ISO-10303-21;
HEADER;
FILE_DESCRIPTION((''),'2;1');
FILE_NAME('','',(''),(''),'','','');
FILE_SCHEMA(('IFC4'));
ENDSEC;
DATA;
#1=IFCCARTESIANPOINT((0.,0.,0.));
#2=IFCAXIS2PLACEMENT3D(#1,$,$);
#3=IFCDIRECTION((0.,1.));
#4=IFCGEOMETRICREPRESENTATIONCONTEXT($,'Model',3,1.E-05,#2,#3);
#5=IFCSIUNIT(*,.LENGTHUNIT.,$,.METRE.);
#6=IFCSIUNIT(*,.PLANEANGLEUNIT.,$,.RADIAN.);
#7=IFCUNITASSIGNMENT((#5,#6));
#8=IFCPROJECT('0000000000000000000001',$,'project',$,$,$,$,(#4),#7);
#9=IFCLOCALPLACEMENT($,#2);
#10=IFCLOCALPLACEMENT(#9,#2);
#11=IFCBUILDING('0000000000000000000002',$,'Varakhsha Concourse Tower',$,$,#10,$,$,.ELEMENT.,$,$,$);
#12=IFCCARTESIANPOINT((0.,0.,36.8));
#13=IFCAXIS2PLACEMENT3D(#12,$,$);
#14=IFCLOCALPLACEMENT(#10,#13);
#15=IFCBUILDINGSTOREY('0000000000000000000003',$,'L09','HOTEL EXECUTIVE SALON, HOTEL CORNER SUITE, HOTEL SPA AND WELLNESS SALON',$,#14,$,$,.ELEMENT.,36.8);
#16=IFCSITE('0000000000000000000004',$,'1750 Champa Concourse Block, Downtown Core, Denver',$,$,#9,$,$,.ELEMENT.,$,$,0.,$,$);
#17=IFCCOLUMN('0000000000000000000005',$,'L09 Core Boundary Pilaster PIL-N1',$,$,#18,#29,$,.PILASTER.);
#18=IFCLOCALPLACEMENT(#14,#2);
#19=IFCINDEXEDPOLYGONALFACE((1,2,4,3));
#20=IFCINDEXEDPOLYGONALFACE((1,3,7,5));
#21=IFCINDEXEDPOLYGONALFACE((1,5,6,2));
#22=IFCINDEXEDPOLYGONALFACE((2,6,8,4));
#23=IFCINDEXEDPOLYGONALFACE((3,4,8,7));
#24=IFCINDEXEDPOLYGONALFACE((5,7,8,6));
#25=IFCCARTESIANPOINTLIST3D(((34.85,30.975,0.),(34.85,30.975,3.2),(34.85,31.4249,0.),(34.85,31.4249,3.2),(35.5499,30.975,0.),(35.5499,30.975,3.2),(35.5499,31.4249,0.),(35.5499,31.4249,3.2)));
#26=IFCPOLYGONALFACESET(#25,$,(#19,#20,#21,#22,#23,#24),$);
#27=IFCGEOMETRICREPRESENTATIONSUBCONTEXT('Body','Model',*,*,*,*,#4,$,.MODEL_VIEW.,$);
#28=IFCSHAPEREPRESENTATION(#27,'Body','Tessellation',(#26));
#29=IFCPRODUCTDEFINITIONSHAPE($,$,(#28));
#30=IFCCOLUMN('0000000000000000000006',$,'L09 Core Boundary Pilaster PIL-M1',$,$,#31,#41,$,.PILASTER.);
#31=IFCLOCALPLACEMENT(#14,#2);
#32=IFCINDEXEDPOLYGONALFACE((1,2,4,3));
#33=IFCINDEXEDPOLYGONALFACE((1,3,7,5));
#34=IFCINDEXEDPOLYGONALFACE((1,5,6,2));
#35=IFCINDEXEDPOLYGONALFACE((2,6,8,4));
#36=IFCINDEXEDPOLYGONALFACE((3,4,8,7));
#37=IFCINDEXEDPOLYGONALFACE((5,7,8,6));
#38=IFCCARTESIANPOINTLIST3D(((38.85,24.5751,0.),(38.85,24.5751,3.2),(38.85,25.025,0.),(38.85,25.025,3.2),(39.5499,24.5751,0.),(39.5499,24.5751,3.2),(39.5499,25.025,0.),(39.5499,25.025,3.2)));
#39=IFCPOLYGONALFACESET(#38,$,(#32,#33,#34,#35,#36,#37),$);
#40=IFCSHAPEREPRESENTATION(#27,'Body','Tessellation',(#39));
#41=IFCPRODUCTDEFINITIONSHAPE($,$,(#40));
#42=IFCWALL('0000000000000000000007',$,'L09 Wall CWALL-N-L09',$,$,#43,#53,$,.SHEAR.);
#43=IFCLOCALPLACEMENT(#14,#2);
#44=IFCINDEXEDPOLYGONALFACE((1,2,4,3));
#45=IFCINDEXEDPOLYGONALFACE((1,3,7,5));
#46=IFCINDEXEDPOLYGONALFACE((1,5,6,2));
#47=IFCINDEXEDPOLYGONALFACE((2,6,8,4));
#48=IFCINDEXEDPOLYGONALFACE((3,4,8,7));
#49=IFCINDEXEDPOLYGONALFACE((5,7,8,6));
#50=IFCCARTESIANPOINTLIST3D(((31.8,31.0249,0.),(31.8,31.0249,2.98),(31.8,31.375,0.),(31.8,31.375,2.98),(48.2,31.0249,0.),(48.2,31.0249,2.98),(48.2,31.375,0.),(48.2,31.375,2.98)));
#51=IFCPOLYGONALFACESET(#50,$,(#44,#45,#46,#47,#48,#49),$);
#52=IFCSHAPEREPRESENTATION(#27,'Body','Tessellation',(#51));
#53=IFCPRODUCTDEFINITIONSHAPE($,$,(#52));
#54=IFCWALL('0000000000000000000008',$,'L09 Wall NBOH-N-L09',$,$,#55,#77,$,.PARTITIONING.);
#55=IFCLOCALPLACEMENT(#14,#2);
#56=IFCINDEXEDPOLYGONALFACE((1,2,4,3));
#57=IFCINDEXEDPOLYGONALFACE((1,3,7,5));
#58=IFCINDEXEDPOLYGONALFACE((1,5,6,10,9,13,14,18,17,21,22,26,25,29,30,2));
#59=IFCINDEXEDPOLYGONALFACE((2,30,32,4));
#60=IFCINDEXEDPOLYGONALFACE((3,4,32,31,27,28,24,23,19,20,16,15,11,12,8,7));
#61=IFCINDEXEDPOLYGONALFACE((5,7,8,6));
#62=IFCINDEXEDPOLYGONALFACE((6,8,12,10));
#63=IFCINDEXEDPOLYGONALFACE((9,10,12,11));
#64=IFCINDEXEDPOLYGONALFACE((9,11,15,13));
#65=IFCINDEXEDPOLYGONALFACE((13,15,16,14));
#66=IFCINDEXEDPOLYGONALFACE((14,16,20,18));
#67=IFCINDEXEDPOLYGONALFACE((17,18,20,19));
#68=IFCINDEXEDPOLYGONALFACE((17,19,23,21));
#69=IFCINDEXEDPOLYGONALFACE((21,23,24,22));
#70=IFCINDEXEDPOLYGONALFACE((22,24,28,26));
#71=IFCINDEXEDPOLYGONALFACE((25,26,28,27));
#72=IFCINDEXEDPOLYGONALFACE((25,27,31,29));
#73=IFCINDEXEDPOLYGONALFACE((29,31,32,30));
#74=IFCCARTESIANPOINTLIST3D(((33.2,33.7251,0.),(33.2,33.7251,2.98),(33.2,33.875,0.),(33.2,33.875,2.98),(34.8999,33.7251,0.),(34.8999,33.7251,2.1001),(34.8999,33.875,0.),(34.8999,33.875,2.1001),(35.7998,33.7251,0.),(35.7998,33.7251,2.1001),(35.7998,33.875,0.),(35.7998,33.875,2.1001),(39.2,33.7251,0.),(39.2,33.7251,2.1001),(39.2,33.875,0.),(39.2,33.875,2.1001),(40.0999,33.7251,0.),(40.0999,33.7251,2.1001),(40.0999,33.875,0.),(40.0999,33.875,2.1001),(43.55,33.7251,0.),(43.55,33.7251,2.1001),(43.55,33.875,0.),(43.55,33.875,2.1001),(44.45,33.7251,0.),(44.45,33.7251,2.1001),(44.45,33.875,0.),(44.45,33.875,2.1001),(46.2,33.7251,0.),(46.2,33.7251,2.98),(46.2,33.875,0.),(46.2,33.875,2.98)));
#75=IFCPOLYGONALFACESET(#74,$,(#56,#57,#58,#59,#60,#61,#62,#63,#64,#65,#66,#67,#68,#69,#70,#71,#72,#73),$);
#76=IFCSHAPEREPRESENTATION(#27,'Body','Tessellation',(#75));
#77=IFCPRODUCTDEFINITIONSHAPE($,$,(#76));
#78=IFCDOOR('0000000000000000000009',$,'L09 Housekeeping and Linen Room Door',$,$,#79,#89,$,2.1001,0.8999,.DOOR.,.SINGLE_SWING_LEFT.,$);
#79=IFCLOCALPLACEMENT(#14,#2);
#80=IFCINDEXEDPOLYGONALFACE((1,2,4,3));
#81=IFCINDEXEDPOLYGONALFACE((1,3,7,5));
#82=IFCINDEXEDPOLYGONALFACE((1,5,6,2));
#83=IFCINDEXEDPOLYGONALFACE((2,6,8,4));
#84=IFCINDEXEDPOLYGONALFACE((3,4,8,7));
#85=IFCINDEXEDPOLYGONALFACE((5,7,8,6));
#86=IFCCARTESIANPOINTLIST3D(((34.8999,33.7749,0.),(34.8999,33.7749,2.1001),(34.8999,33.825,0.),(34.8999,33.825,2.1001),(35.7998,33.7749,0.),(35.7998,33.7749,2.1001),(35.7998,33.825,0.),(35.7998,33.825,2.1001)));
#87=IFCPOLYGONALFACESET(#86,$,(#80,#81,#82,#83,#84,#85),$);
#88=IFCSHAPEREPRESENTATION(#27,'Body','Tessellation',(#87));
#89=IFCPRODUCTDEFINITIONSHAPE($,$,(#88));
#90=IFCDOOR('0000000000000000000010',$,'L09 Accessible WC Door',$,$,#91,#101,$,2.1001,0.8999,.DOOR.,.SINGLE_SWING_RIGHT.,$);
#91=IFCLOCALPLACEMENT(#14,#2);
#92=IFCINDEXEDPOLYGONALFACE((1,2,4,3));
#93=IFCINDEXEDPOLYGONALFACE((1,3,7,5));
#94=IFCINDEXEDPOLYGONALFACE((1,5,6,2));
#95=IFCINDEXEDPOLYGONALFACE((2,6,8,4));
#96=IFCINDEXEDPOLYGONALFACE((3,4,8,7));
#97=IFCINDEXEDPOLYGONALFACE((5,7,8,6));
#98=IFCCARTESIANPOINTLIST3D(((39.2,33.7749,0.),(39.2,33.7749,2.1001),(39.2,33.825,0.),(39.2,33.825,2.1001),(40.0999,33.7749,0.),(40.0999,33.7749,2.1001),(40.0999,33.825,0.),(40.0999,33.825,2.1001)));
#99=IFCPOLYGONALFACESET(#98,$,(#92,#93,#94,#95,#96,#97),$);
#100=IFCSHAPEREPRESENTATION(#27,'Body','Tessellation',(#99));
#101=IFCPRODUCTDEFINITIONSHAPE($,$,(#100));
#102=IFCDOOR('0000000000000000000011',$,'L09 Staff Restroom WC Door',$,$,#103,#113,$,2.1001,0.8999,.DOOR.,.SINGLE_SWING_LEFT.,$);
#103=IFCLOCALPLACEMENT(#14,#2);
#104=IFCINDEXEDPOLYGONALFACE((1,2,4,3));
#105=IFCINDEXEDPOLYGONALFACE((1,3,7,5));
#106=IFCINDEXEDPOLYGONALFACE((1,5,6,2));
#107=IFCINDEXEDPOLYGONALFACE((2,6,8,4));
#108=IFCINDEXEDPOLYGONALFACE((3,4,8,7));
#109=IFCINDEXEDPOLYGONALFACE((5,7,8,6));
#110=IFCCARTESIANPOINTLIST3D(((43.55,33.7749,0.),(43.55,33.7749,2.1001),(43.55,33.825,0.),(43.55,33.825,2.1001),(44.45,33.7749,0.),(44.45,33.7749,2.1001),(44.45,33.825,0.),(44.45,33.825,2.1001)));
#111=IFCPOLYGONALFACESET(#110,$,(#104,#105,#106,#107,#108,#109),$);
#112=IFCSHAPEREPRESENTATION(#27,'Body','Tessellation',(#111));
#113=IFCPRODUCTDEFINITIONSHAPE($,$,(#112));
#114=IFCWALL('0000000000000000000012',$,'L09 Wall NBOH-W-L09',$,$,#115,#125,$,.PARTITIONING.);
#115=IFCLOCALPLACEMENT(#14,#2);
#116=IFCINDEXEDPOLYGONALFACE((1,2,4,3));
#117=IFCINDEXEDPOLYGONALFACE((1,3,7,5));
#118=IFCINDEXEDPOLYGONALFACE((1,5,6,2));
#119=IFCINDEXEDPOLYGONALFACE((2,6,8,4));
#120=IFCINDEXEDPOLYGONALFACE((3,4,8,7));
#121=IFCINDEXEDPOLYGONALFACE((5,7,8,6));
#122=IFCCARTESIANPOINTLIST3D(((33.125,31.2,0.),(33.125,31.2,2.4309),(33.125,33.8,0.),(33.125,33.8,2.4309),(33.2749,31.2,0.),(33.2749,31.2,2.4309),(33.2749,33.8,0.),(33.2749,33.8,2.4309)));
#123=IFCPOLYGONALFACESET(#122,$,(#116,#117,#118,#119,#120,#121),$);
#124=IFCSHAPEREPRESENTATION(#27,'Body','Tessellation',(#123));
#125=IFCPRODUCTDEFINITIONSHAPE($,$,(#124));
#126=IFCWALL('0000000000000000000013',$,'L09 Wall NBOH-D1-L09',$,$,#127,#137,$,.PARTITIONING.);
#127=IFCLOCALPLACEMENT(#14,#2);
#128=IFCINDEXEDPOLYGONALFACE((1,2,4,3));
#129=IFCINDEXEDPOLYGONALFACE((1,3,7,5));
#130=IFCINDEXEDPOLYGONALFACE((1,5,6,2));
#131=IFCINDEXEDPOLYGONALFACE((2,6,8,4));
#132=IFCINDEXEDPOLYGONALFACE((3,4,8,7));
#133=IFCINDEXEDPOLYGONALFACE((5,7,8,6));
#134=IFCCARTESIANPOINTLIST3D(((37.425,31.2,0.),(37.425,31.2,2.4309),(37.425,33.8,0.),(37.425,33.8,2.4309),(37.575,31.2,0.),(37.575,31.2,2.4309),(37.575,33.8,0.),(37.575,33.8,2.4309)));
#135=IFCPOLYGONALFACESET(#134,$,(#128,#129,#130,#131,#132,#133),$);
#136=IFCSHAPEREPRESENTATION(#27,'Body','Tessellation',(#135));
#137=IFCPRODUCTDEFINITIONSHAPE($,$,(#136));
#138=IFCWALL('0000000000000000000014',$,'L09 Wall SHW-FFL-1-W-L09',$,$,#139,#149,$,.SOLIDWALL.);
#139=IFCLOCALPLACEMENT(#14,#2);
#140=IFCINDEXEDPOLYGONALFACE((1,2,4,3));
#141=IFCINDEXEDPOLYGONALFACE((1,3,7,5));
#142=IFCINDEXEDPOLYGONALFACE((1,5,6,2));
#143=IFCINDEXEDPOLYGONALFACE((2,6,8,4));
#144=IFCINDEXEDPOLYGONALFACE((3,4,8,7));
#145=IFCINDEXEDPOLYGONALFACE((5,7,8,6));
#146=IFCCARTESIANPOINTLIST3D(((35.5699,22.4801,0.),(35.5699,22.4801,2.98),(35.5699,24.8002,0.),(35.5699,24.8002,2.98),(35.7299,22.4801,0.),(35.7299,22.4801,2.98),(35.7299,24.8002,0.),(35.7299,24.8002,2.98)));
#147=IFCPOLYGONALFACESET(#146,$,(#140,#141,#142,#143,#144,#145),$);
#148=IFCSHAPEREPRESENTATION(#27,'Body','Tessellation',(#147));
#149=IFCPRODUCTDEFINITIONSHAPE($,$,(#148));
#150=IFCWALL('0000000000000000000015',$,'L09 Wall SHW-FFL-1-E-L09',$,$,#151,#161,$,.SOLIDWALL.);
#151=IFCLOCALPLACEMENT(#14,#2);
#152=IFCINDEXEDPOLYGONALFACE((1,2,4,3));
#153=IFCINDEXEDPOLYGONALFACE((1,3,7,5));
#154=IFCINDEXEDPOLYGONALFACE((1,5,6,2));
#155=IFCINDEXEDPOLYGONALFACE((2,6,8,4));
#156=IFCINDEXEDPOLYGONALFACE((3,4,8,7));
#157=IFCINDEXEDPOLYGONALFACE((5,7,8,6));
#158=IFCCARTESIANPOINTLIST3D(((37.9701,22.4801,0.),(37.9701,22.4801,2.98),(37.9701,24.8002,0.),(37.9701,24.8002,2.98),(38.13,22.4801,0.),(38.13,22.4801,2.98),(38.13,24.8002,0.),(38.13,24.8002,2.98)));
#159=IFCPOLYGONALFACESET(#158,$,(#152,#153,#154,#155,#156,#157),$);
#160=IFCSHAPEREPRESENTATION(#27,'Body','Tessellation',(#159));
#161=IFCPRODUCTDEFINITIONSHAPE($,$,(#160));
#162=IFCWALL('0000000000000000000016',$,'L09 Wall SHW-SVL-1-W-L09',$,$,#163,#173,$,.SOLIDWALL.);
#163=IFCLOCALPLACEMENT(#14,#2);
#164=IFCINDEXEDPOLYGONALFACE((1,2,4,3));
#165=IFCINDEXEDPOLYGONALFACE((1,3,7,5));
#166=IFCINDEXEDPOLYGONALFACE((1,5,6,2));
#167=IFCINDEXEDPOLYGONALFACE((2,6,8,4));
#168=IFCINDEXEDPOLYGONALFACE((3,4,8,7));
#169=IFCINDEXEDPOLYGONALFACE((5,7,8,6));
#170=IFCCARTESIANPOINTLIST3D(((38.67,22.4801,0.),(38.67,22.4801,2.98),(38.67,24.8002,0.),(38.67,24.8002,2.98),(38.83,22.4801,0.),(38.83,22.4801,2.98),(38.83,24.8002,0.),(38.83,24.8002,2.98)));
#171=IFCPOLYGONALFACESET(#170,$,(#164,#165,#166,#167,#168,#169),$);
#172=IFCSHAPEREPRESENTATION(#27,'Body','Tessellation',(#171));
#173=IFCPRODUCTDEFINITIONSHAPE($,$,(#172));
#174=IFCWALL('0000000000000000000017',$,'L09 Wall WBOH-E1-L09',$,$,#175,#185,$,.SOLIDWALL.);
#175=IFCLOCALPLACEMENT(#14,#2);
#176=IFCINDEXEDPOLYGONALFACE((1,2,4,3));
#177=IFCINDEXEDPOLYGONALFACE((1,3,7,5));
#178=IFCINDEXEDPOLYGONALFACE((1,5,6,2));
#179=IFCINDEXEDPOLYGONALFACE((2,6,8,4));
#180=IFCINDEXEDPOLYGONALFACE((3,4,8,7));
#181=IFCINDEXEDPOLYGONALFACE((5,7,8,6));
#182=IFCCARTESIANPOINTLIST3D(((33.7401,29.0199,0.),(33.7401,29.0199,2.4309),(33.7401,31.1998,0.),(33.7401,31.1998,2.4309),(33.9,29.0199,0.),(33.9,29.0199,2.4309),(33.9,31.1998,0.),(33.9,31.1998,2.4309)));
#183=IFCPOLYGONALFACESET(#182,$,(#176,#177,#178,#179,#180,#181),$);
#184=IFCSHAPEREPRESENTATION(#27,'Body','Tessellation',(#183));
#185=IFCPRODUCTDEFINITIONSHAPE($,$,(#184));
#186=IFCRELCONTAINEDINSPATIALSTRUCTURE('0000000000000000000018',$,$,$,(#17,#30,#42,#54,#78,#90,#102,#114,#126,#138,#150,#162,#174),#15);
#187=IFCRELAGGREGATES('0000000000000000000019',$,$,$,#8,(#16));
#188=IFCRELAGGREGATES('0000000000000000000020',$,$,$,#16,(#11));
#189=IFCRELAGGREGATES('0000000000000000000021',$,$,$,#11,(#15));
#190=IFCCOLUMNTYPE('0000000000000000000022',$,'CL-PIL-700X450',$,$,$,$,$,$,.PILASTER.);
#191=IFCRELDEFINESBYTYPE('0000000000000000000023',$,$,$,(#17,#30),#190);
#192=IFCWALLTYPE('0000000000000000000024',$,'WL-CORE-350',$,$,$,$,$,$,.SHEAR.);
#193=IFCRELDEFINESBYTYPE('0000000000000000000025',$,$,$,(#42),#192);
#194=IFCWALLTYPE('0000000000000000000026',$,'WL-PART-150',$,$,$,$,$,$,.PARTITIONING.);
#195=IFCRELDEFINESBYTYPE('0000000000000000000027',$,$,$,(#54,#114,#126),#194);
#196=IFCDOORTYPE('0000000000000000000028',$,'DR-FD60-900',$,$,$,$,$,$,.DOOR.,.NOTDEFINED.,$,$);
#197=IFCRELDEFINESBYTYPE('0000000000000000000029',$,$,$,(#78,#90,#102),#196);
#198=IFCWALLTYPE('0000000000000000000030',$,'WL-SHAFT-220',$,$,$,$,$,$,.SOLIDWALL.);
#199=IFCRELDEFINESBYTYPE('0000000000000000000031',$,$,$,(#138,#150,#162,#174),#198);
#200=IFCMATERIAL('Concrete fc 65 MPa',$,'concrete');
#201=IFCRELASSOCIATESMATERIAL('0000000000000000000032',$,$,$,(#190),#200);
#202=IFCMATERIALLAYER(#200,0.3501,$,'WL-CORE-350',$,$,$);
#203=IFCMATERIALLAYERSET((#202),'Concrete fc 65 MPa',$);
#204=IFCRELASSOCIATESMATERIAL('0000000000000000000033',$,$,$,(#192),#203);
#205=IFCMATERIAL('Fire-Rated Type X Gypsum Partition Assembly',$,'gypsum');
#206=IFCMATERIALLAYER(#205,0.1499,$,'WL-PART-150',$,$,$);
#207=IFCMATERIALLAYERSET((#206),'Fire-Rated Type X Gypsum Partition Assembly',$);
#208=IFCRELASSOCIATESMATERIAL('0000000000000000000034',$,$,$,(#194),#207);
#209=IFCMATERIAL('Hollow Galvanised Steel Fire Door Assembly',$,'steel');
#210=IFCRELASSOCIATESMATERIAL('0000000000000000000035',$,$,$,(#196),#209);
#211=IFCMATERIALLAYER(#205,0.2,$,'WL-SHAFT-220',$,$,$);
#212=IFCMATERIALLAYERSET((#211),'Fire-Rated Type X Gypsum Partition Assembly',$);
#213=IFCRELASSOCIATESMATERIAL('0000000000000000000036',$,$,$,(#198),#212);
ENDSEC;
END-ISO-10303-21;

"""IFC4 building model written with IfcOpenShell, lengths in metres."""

from ifc_helpers import new_model, si_unit, direction, frame, frame_2d, origin, origin_2d, place, context, subcontext, project, spatial, rectangle, extrude, material, layer, layer_set, material_profile, profile_set, type_object, element, fill, save


model = new_model("IFC4")

# Units and contexts
model_context = context("Model", 3, precision=1e-05, world=origin(), true_north=direction((0.0, 1.0)))
body_context = subcontext(model_context, "Body", "Model", "MODEL_VIEW")
ifc_project = project(units=[si_unit("LENGTHUNIT", "METRE"), si_unit("PLANEANGLEUNIT", "RADIAN")], contexts=[model_context])

# Site, building, storey
site_placement = place(None, origin())
site = spatial("IfcSite", under=ifc_project, at=site_placement, Name="1750 Champa Concourse Block, Downtown Core, Denver", CompositionType="ELEMENT", RefElevation=0.0)
building_placement = place(site_placement, origin())
building = spatial("IfcBuilding", under=site, at=building_placement, Name="Varakhsha Concourse Tower", CompositionType="ELEMENT")
storey_placement = place(building_placement, frame((0.0, 0.0, 36.8)))
storey = spatial("IfcBuildingStorey", under=building, at=storey_placement, Name="L09", Description="HOTEL EXECUTIVE SALON, HOTEL CORNER SUITE, HOTEL SPA AND WELLNESS SALON", CompositionType="ELEMENT", Elevation=36.8)

# Columns
ifc_material_1 = material(Name="Concrete fc 65 MPa", Category="concrete")
ifc_material_profile = material_profile(ifc_material_1, rectangle(XDim=0.7, YDim=0.45, at=origin_2d()), Name="RC 700x450")
ifc_profile_set = profile_set([ifc_material_profile], Name="Concrete fc 65 MPa")
column_type = type_object("IfcColumnType", Name="CL-PIL-700X450", PredefinedType="PILASTER", material=ifc_profile_set)
for number, where, z_axis, x_axis, name in (
    (1, (35.2, 31.2, 0.0), (0.0, 0.0, 1.0), (1.0, 0.0, 0.0), "L09 Core Boundary Pilaster PIL-N1"),
    (2, (39.2, 24.8, 0.0), (0.0, 0.0, 1.0), (1.0, 0.0, 0.0), "L09 Core Boundary Pilaster PIL-M1"),
):
    element("IfcColumn", number, at=place(storey_placement, frame(where, z_axis=z_axis, x_axis=x_axis)), inside=storey, type_object=column_type, Name=name, PredefinedType="PILASTER", context=body_context, shape_type="SweptSolid", body=[
        extrude(rectangle(XDim=0.7, YDim=0.45, at=origin_2d()), origin(), (0.0, 0.0, 1.0), 3.2),
    ])

# Wall
ifc_layer_1 = layer(ifc_material_1, 0.3501, Name="WL-CORE-350")
ifc_layer_set_1 = layer_set([ifc_layer_1], Name="Concrete fc 65 MPa")
wall_type_1 = type_object("IfcWallType", Name="WL-CORE-350", PredefinedType="SHEAR", material=ifc_layer_set_1)
wall_1_placement = place(storey_placement, frame((31.8, 31.2, 0.0), z_axis=(0.0, 0.0, 1.0), x_axis=(1.0, 0.0, 0.0)))
element("IfcWall", 3, at=wall_1_placement, inside=storey, type_object=wall_type_1, Name="L09 Wall CWALL-N-L09", PredefinedType="SHEAR", context=body_context, shape_type="SweptSolid", body=[
    extrude(rectangle(XDim=16.3999, YDim=0.3501, at=frame_2d((8.2, 0.0))), origin(), (0.0, 0.0, 1.0), 2.98),
])

# Wall, openings, doors
ifc_material_2 = material(Name="Fire-Rated Type X Gypsum Partition Assembly", Category="gypsum")
ifc_layer_2 = layer(ifc_material_2, 0.1499, Name="WL-PART-150")
ifc_layer_set_2 = layer_set([ifc_layer_2], Name="Fire-Rated Type X Gypsum Partition Assembly")
wall_type_2 = type_object("IfcWallType", Name="WL-PART-150", PredefinedType="PARTITIONING", material=ifc_layer_set_2)
wall_2_placement = place(storey_placement, frame((33.2, 33.8, 0.0), z_axis=(0.0, 0.0, 1.0), x_axis=(1.0, 0.0, 0.0)))
wall_2 = element("IfcWall", 4, at=wall_2_placement, inside=storey, type_object=wall_type_2, Name="L09 Wall NBOH-N-L09", PredefinedType="PARTITIONING", context=body_context, shape_type="SweptSolid", body=[
    extrude(rectangle(XDim=13.0, YDim=0.1499, at=frame_2d((6.5, 0.0))), origin(), (0.0, 0.0, 1.0), 2.98),
])
opening_1_placement = place(wall_2_placement, frame((1.7, 0.0, 0.0)))
opening_1 = element("IfcOpeningElement", 5, at=opening_1_placement, cuts=wall_2, PredefinedType="OPENING", context=body_context, shape_type="SweptSolid", body=[
    extrude(rectangle(XDim=0.8999, YDim=2.1001, at=frame_2d((0.45, 1.05))), frame((0.0, 0.085, 0.0), z_axis=(0.0, -1.0, 0.0), x_axis=(1.0, 0.0, 0.0)), (0.0, 0.0, 1.0), 0.1699),
])
opening_2_placement = place(wall_2_placement, frame((6.0, 0.0, 0.0)))
opening_2 = element("IfcOpeningElement", 6, at=opening_2_placement, cuts=wall_2, PredefinedType="OPENING", context=body_context, shape_type="SweptSolid", body=[
    extrude(rectangle(XDim=0.8999, YDim=2.1001, at=frame_2d((0.45, 1.05))), frame((0.0, 0.085, 0.0), z_axis=(0.0, -1.0, 0.0), x_axis=(1.0, 0.0, 0.0)), (0.0, 0.0, 1.0), 0.1699),
])
opening_3_placement = place(wall_2_placement, frame((10.3501, 0.0, 0.0)))
opening_3 = element("IfcOpeningElement", 7, at=opening_3_placement, cuts=wall_2, PredefinedType="OPENING", context=body_context, shape_type="SweptSolid", body=[
    extrude(rectangle(XDim=0.8999, YDim=2.1001, at=frame_2d((0.45, 1.05))), frame((0.0, 0.085, 0.0), z_axis=(0.0, -1.0, 0.0), x_axis=(1.0, 0.0, 0.0)), (0.0, 0.0, 1.0), 0.1699),
])
ifc_material_3 = material(Name="Hollow Galvanised Steel Fire Door Assembly", Category="steel")
door_type_1 = type_object("IfcDoorType", Name="DR-FD60-900", OperationType="NOTDEFINED", PredefinedType="DOOR", material=ifc_material_3)
door_1_placement = place(opening_1_placement, origin())
door_1 = element("IfcDoor", 8, at=door_1_placement, inside=storey, type_object=door_type_1, Name="L09 Housekeeping and Linen Room Door", OperationType="SINGLE_SWING_LEFT", OverallHeight=2.1001, OverallWidth=0.8999, PredefinedType="DOOR", context=body_context, shape_type="SweptSolid", body=[
    extrude(rectangle(XDim=0.8999, YDim=2.1001, at=frame_2d((0.45, 1.05))), frame((0.0, 0.0249, 0.0), z_axis=(0.0, -1.0, 0.0), x_axis=(1.0, 0.0, 0.0)), (0.0, 0.0, 1.0), 0.05),
])
fill(opening_1, door_1)
door_2_placement = place(opening_2_placement, origin())
door_2 = element("IfcDoor", 9, at=door_2_placement, inside=storey, type_object=door_type_1, Name="L09 Accessible WC Door", OperationType="SINGLE_SWING_RIGHT", OverallHeight=2.1001, OverallWidth=0.8999, PredefinedType="DOOR", context=body_context, shape_type="SweptSolid", body=[
    extrude(rectangle(XDim=0.8999, YDim=2.1001, at=frame_2d((0.45, 1.05))), frame((0.0, 0.0249, 0.0), z_axis=(0.0, -1.0, 0.0), x_axis=(1.0, 0.0, 0.0)), (0.0, 0.0, 1.0), 0.05),
])
fill(opening_2, door_2)
door_3_placement = place(opening_3_placement, origin())
door_3 = element("IfcDoor", 10, at=door_3_placement, inside=storey, type_object=door_type_1, Name="L09 Staff Restroom WC Door", OperationType="SINGLE_SWING_LEFT", OverallHeight=2.1001, OverallWidth=0.8999, PredefinedType="DOOR", context=body_context, shape_type="SweptSolid", body=[
    extrude(rectangle(XDim=0.8999, YDim=2.1001, at=frame_2d((0.45, 1.05))), frame((0.0, 0.0249, 0.0), z_axis=(0.0, -1.0, 0.0), x_axis=(1.0, 0.0, 0.0)), (0.0, 0.0, 1.0), 0.05),
])
fill(opening_3, door_3)

# Walls
for number, where, z_axis, x_axis, name in (
    (11, (33.2, 31.2, 0.0), (0.0, 0.0, 1.0), (0.0, 1.0, 0.0), "L09 Wall NBOH-W-L09"),
    (12, (37.5, 31.2, 0.0), (0.0, 0.0, 1.0), (0.0, 1.0, 0.0), "L09 Wall NBOH-D1-L09"),
):
    element("IfcWall", number, at=place(storey_placement, frame(where, z_axis=z_axis, x_axis=x_axis)), inside=storey, type_object=wall_type_2, Name=name, PredefinedType="PARTITIONING", context=body_context, shape_type="SweptSolid", body=[
        extrude(rectangle(XDim=2.6001, YDim=0.1499, at=frame_2d((1.3, 0.0))), origin(), (0.0, 0.0, 1.0), 2.4309),
    ])

# Shared definitions
ifc_layer_3 = layer(ifc_material_2, 0.2, Name="WL-SHAFT-220")
ifc_layer_set_3 = layer_set([ifc_layer_3], Name="Fire-Rated Type X Gypsum Partition Assembly")
wall_type_3 = type_object("IfcWallType", Name="WL-SHAFT-220", PredefinedType="SOLIDWALL", material=ifc_layer_set_3)

# Walls
for number, where, z_axis, x_axis, name in (
    (13, (35.6499, 22.48, 0.0), (0.0, 0.0, 1.0), (0.0, 1.0, 0.0), "L09 Wall SHW-FFL-1-W-L09"),
    (14, (38.05, 22.48, 0.0), (0.0, 0.0, 1.0), (0.0, 1.0, 0.0), "L09 Wall SHW-FFL-1-E-L09"),
    (15, (38.75, 22.48, 0.0), (0.0, 0.0, 1.0), (0.0, 1.0, 0.0), "L09 Wall SHW-SVL-1-W-L09"),
):
    element("IfcWall", number, at=place(storey_placement, frame(where, z_axis=z_axis, x_axis=x_axis)), inside=storey, type_object=wall_type_3, Name=name, PredefinedType="SOLIDWALL", context=body_context, shape_type="SweptSolid", body=[
        extrude(rectangle(XDim=2.3201, YDim=0.1599, at=frame_2d((1.1602, 0.0))), origin(), (0.0, 0.0, 1.0), 2.98),
    ])

# Wall
wall_3_placement = place(storey_placement, frame((33.8201, 29.02, 0.0), z_axis=(0.0, 0.0, 1.0), x_axis=(0.0, 1.0, 0.0)))
element("IfcWall", 16, at=wall_3_placement, inside=storey, type_object=wall_type_3, Name="L09 Wall WBOH-E1-L09", PredefinedType="SOLIDWALL", context=body_context, shape_type="SweptSolid", body=[
    extrude(rectangle(XDim=2.1799, YDim=0.1599, at=frame_2d((1.0898, 0.0))), origin(), (0.0, 0.0, 1.0), 2.4309),
])

save(model, "model.ifc")
